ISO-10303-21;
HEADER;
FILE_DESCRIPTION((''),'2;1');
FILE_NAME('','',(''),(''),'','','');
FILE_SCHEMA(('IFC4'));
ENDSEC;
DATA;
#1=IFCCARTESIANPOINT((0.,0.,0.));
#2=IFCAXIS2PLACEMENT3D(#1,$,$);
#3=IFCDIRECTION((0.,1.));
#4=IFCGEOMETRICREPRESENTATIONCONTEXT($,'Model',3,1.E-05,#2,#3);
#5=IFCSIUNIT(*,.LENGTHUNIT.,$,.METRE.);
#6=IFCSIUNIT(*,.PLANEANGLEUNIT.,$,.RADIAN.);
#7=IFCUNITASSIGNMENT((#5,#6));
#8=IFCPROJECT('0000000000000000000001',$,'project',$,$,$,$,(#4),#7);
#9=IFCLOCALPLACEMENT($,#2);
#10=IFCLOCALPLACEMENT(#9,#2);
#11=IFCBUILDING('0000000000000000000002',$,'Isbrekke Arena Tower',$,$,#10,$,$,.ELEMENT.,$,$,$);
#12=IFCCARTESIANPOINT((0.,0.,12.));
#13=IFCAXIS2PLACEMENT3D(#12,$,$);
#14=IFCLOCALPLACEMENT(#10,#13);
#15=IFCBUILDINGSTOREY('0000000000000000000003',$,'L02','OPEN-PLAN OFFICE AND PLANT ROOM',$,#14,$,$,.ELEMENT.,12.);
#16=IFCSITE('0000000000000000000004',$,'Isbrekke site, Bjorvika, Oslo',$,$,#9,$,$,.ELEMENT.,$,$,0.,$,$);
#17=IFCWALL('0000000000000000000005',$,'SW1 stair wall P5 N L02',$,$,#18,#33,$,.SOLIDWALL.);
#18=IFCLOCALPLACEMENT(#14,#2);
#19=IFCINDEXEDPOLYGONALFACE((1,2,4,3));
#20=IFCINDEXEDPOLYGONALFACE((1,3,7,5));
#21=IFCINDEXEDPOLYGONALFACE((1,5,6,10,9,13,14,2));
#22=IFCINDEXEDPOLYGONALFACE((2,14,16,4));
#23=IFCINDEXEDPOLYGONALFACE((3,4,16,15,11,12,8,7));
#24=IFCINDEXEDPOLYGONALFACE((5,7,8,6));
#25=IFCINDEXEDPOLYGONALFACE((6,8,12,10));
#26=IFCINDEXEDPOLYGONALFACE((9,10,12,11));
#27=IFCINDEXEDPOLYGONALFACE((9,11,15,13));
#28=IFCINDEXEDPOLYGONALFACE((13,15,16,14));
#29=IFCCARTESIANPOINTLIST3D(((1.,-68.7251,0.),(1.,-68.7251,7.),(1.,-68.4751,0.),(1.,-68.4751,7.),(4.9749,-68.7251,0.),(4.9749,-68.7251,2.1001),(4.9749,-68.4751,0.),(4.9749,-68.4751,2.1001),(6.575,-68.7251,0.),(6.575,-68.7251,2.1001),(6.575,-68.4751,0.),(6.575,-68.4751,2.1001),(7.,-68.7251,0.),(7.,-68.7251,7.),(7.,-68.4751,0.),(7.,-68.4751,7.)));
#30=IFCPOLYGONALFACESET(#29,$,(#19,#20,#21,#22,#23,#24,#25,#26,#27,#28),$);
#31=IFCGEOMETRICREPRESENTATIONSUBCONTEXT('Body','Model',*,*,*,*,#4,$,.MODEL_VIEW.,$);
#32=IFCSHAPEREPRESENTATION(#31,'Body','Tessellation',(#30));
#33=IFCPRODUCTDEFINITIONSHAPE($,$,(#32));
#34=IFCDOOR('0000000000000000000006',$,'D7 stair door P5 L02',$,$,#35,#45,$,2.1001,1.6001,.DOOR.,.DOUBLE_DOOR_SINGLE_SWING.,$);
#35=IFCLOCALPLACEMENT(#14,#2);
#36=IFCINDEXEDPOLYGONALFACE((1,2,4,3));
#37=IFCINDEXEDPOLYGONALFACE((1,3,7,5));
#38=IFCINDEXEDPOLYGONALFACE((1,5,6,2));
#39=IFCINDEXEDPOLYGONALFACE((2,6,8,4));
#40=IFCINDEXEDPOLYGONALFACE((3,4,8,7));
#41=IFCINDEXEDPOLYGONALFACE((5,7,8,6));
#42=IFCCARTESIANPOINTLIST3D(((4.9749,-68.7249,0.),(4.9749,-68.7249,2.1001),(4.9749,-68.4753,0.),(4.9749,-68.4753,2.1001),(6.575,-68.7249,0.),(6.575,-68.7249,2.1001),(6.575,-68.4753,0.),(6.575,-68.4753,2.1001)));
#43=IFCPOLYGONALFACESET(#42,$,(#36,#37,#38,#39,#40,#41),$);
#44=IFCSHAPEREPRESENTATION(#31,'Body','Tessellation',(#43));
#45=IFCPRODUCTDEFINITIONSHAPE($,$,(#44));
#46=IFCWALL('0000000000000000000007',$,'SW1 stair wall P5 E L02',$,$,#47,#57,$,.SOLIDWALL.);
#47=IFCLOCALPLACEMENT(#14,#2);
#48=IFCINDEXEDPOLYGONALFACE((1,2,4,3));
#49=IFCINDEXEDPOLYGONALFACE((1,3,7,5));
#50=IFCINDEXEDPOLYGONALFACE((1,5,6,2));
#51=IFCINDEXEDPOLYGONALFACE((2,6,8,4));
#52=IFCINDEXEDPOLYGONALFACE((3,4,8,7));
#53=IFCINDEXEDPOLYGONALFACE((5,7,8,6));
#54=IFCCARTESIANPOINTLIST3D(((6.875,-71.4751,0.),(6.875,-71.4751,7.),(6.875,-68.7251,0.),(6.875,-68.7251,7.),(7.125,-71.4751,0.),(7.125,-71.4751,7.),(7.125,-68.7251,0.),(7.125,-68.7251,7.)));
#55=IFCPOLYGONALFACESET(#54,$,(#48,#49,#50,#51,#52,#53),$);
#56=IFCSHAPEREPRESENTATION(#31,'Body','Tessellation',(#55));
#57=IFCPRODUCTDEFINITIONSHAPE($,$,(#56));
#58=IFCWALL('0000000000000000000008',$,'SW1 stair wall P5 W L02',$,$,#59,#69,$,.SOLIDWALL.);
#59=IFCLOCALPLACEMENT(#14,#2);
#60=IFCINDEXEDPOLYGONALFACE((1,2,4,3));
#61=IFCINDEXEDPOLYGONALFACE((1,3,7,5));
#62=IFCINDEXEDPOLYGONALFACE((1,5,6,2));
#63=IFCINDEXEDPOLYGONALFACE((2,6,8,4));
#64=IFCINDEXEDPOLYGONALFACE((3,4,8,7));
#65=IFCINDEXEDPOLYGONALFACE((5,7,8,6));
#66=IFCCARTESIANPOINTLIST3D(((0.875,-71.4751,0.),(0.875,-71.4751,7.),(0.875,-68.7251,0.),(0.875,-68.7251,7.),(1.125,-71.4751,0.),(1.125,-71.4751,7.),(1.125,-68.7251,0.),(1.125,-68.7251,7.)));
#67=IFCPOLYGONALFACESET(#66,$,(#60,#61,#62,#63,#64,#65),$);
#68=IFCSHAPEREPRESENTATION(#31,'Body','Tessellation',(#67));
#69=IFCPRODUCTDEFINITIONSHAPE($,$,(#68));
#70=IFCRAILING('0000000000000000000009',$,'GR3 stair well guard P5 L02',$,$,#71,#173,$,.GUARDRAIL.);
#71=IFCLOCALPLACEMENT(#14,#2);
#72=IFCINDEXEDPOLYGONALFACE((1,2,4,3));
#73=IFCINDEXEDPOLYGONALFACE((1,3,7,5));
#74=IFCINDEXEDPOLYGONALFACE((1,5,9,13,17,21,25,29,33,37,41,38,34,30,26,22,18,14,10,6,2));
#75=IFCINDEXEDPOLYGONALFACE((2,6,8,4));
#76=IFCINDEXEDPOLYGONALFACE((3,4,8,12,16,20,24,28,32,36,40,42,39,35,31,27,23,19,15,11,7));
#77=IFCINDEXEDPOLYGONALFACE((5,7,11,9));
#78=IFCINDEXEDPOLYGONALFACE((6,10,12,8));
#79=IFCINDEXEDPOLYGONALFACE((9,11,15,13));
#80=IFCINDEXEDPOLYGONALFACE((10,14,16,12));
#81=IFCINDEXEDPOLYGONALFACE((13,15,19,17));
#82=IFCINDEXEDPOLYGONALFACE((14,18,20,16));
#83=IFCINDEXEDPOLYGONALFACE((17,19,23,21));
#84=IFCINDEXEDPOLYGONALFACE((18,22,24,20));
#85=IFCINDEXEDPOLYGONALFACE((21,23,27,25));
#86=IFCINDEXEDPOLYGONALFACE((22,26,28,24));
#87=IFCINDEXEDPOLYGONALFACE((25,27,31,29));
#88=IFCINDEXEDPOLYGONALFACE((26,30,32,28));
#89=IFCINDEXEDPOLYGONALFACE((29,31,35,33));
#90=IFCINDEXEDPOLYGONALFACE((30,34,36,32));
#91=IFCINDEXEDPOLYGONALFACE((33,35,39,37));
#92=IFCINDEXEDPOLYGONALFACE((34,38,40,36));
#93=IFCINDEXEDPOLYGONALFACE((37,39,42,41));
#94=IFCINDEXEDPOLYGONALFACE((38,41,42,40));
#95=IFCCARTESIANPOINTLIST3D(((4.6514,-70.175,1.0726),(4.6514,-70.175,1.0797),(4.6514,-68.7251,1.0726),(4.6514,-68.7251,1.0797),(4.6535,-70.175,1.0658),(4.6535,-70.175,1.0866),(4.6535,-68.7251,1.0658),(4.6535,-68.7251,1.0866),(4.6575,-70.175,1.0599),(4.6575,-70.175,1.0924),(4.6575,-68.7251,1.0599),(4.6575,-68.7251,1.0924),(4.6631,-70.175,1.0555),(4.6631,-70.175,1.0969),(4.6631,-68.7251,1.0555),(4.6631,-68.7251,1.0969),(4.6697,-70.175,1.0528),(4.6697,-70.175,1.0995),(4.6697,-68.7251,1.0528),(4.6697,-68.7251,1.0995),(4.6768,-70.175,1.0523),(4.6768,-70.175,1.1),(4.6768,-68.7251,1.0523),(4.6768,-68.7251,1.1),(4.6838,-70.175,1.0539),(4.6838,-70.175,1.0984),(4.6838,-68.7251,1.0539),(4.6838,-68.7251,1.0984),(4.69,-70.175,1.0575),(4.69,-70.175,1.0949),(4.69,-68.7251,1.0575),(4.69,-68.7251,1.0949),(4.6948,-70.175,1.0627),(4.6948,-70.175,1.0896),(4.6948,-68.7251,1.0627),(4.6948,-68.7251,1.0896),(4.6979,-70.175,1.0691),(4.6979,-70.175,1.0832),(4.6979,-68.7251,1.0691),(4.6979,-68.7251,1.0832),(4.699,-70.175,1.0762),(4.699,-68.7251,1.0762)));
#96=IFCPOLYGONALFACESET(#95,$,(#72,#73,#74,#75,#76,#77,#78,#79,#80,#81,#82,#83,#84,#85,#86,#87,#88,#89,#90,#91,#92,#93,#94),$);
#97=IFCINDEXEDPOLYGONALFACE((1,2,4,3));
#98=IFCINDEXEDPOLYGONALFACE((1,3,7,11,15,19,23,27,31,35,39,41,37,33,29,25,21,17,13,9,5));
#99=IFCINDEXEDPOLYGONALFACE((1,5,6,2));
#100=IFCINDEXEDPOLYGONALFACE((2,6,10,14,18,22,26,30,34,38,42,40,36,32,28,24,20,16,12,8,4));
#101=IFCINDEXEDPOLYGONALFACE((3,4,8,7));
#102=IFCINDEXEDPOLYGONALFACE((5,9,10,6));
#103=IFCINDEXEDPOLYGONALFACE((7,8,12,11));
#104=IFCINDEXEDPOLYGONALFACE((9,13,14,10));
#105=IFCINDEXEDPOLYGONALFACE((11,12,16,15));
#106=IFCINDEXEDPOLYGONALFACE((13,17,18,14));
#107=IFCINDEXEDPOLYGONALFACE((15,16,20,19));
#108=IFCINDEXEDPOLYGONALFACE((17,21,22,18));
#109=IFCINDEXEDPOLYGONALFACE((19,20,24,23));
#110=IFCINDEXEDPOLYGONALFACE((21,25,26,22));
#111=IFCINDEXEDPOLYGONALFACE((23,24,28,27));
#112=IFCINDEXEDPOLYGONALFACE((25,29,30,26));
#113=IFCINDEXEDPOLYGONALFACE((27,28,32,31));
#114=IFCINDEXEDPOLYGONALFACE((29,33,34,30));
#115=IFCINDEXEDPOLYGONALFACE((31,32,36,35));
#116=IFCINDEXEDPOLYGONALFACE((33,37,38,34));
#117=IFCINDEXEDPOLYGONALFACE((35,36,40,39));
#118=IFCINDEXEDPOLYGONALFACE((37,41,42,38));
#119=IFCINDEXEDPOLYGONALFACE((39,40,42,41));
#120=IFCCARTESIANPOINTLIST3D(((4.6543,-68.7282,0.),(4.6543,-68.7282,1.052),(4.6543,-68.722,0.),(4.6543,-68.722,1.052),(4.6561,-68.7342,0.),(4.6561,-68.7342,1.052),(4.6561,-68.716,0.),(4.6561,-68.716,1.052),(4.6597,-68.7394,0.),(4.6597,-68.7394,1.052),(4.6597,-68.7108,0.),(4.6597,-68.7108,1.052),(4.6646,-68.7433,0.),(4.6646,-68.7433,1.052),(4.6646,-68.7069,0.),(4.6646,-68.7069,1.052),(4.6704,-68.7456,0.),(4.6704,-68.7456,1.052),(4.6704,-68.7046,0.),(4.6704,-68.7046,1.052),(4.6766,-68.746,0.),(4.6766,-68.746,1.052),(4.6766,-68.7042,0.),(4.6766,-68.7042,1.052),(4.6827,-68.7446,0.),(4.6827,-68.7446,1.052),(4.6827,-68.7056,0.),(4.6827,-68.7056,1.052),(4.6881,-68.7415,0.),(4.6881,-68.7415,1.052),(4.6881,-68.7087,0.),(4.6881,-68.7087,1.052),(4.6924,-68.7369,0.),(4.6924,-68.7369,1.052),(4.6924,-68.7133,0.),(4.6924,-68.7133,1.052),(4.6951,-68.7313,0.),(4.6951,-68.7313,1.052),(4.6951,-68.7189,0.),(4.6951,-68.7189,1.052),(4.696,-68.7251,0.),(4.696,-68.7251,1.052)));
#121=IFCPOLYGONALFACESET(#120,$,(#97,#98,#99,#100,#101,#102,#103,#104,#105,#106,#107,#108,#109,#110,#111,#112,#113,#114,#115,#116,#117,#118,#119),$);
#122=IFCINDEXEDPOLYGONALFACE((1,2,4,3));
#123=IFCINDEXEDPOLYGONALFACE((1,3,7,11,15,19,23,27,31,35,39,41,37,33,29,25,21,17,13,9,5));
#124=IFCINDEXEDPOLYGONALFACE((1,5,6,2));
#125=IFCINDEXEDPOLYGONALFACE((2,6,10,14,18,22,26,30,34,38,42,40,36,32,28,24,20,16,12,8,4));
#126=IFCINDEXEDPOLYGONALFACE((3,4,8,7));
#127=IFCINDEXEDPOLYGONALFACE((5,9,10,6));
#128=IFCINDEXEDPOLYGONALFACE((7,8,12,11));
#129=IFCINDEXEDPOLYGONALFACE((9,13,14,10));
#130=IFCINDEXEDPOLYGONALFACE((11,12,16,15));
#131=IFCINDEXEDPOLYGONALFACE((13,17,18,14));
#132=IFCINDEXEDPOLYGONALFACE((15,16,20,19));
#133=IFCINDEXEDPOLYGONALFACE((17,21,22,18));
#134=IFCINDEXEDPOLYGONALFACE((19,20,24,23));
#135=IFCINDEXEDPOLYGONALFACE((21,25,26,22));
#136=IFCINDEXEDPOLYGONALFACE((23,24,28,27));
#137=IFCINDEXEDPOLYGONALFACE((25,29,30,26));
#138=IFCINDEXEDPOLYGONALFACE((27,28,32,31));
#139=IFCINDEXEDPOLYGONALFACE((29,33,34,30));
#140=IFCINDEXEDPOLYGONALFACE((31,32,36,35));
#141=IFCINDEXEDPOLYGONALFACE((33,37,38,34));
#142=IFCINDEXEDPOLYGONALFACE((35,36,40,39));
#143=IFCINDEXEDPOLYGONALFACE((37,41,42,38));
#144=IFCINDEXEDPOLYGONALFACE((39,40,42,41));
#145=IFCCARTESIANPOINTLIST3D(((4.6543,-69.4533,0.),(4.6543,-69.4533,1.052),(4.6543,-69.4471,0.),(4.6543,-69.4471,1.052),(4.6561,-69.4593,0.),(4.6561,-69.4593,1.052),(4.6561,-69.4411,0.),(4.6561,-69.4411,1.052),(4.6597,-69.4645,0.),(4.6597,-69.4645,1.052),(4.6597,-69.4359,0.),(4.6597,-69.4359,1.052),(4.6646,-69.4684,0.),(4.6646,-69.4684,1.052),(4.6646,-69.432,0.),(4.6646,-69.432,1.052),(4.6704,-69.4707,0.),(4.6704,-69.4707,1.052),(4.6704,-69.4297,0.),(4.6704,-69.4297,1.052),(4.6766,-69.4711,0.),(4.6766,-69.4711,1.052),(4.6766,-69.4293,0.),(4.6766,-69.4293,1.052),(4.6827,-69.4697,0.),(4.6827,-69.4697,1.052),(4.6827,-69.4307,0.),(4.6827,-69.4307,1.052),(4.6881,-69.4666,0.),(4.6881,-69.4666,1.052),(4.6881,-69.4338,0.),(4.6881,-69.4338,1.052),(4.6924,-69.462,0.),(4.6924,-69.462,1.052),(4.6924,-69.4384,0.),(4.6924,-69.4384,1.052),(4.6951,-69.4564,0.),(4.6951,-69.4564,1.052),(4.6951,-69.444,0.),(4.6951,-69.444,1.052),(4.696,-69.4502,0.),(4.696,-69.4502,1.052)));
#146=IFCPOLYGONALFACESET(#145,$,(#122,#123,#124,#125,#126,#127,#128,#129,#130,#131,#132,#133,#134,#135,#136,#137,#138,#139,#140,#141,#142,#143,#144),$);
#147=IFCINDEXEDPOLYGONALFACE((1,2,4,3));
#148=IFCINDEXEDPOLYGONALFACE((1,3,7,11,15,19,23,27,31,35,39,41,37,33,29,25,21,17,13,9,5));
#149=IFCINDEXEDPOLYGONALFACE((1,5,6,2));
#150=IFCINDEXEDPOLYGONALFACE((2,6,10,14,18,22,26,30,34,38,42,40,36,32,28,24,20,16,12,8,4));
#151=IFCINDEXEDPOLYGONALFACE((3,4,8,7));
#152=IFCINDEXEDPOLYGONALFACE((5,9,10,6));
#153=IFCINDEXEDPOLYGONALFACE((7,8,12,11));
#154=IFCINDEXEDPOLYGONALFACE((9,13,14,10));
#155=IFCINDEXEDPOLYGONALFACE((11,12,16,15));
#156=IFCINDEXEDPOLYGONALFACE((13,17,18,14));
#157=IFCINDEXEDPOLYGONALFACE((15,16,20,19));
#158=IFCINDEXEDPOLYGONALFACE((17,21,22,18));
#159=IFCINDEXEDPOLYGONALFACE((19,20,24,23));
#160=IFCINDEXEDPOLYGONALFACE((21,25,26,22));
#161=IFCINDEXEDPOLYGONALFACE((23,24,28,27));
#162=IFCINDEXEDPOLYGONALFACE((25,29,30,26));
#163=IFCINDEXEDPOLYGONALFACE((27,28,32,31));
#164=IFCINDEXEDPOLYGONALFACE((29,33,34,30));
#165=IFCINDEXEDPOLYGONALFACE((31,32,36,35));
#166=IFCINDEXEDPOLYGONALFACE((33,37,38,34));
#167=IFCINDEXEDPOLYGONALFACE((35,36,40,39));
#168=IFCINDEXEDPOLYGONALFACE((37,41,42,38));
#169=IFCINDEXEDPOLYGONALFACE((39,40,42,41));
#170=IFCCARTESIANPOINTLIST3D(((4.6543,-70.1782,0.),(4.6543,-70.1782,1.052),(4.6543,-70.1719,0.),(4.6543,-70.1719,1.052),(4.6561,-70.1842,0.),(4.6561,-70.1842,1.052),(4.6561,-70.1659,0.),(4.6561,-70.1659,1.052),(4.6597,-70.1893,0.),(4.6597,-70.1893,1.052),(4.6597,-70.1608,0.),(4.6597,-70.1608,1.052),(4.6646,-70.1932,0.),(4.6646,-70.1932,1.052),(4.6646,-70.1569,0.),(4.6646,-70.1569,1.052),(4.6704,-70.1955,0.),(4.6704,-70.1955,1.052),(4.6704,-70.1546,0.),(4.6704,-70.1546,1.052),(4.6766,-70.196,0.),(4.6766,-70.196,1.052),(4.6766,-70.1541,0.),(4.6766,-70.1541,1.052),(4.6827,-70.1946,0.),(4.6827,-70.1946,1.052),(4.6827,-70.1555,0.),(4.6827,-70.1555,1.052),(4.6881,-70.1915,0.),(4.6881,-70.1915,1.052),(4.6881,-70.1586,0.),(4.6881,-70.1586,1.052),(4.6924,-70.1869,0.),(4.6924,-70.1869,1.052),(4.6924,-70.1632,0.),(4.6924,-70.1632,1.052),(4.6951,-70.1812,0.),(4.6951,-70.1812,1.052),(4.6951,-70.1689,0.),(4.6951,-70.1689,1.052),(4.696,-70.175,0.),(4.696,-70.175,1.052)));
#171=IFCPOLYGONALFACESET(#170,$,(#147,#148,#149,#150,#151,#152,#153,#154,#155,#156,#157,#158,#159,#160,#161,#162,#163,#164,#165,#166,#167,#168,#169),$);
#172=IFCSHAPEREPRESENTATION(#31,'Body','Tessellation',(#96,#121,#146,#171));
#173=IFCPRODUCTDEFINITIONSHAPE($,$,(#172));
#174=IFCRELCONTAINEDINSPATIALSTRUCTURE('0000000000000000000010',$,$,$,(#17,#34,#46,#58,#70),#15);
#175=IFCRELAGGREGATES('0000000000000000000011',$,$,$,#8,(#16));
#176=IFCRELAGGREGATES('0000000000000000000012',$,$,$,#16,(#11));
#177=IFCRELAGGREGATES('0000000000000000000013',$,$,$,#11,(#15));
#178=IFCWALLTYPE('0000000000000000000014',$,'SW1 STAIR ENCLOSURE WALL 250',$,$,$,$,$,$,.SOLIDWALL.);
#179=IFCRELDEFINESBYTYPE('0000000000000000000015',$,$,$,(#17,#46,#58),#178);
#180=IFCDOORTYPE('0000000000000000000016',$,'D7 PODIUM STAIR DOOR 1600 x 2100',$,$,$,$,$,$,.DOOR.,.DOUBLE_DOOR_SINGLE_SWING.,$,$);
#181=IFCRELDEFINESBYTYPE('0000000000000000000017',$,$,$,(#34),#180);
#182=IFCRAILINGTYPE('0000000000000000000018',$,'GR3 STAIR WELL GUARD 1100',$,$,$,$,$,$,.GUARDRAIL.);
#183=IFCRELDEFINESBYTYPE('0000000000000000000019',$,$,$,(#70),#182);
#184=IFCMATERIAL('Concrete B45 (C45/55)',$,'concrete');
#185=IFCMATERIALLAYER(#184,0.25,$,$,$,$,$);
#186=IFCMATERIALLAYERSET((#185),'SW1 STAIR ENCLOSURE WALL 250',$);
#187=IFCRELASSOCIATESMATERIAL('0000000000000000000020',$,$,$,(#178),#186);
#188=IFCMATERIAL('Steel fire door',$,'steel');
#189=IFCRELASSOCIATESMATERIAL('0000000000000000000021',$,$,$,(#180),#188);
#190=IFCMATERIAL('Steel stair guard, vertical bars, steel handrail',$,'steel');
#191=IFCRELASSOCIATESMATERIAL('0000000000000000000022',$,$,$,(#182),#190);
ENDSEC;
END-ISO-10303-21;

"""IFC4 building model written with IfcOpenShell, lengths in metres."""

from ifc_helpers import new_model, si_unit, direction, frame, frame_2d, origin, origin_2d, place, context, subcontext, project, spatial, rectangle, circle, extrude, material, layer, layer_set, type_object, element, fill, save


model = new_model("IFC4")

# Units and contexts
model_context = context("Model", 3, precision=1e-05, world=origin(), true_north=direction((0.0, 1.0)))
body_context = subcontext(model_context, "Body", "Model", "MODEL_VIEW")
ifc_project = project(units=[si_unit("LENGTHUNIT", "METRE"), si_unit("PLANEANGLEUNIT", "RADIAN")], contexts=[model_context])

# Site, building, storey
site_placement = place(None, origin())
site = spatial("IfcSite", under=ifc_project, at=site_placement, Name="Isbrekke site, Bjorvika, Oslo", CompositionType="ELEMENT", RefElevation=0.0)
building_placement = place(site_placement, origin())
building = spatial("IfcBuilding", under=site, at=building_placement, Name="Isbrekke Arena Tower", CompositionType="ELEMENT")
storey_placement = place(building_placement, frame((0.0, 0.0, 12.0)))
storey = spatial("IfcBuildingStorey", under=building, at=storey_placement, Name="L02", Description="OPEN-PLAN OFFICE AND PLANT ROOM", CompositionType="ELEMENT", Elevation=12.0)

# Shared definitions
ifc_material_1 = material(Name="Concrete B45 (C45/55)", Category="concrete")
ifc_layer_1 = layer(ifc_material_1, 0.25)
ifc_layer_set_1 = layer_set([ifc_layer_1], Name="SW1 STAIR ENCLOSURE WALL 250")
wall_type_1 = type_object("IfcWallType", Name="SW1 STAIR ENCLOSURE WALL 250", PredefinedType="SOLIDWALL", material=ifc_layer_set_1)

# Wall, opening, door
wall_1_placement = place(storey_placement, frame((7.0, -68.6001, 0.0), z_axis=(0.0, 0.0, 1.0), x_axis=(-1.0, 0.0, 0.0)))
wall_1 = element("IfcWall", 1, at=wall_1_placement, inside=storey, type_object=wall_type_1, Name="SW1 stair wall P5 N L02", PredefinedType="SOLIDWALL", context=body_context, shape_type="SweptSolid", body=[
    extrude(rectangle(XDim=6.0, YDim=0.25, at=frame_2d((3.0, 0.0))), origin(), (0.0, 0.0, 1.0), 7.0),
])
opening_placement = place(wall_1_placement, frame((0.425, 0.0, 0.0)))
opening = element("IfcOpeningElement", 2, at=opening_placement, cuts=wall_1, PredefinedType="OPENING", context=body_context, shape_type="SweptSolid", body=[
    extrude(rectangle(XDim=1.6001, YDim=2.1001, at=frame_2d((0.8, 1.05))), frame((0.0, 0.1399, 0.0), z_axis=(0.0, -1.0, 0.0), x_axis=(1.0, 0.0, 0.0)), (0.0, 0.0, 1.0), 0.2798),
])
ifc_material_2 = material(Name="Steel fire door", Category="steel")
door_type = type_object("IfcDoorType", Name="D7 PODIUM STAIR DOOR 1600 x 2100", OperationType="DOUBLE_DOOR_SINGLE_SWING", PredefinedType="DOOR", material=ifc_material_2)
door_placement = place(opening_placement, origin())
door = element("IfcDoor", 3, at=door_placement, inside=storey, type_object=door_type, Name="D7 stair door P5 L02", OperationType="DOUBLE_DOOR_SINGLE_SWING", OverallHeight=2.1001, OverallWidth=1.6001, PredefinedType="DOOR", context=body_context, shape_type="SweptSolid", body=[
    extrude(rectangle(XDim=1.6001, YDim=2.1001, at=frame_2d((0.8, 1.05))), frame((0.0, 0.1248, 0.0), z_axis=(0.0, -1.0, 0.0), x_axis=(1.0, 0.0, 0.0)), (0.0, 0.0, 1.0), 0.2495),
])
fill(opening, door)

# Walls
for number, where, z_axis, x_axis, name in (
    (4, (7.0, -71.4751, 0.0), (0.0, 0.0, 1.0), (0.0, 1.0, 0.0), "SW1 stair wall P5 E L02"),
    (5, (1.0, -68.7251, 0.0), (0.0, 0.0, 1.0), (0.0, -1.0, 0.0), "SW1 stair wall P5 W L02"),
):
    element("IfcWall", number, at=place(storey_placement, frame(where, z_axis=z_axis, x_axis=x_axis)), inside=storey, type_object=wall_type_1, Name=name, PredefinedType="SOLIDWALL", context=body_context, shape_type="SweptSolid", body=[
        extrude(rectangle(XDim=2.75, YDim=0.25, at=frame_2d((1.375, 0.0))), origin(), (0.0, 0.0, 1.0), 7.0),
    ])

# Railing
ifc_material_3 = material(Name="Steel stair guard, vertical bars, steel handrail", Category="steel")
railing_type = type_object("IfcRailingType", Name="GR3 STAIR WELL GUARD 1100", PredefinedType="GUARDRAIL", material=ifc_material_3)
railing_placement = place(storey_placement, frame((4.675, -68.7251, 0.0)))
element("IfcRailing", 6, at=railing_placement, inside=storey, type_object=railing_type, Name="GR3 stair well guard P5 L02", PredefinedType="GUARDRAIL", context=body_context, shape_type="SweptSolid", body=[
    extrude(circle(Radius=0.0239, at=origin_2d()), frame((0.0, 0.0, 1.0762), z_axis=(0.0, -1.0, 0.0), x_axis=(1.0, 0.0, 0.0)), (0.0, 0.0, 1.0), 1.45),
    extrude(circle(Radius=0.021, at=origin_2d()), origin(), (0.0, 0.0, 1.0), 1.052),
    extrude(circle(Radius=0.021, at=origin_2d()), frame((0.0, -0.7251, 0.0)), (0.0, 0.0, 1.0), 1.052),
    extrude(circle(Radius=0.021, at=origin_2d()), frame((0.0, -1.45, 0.0)), (0.0, 0.0, 1.0), 1.052),
])

save(model, "model.ifc")
